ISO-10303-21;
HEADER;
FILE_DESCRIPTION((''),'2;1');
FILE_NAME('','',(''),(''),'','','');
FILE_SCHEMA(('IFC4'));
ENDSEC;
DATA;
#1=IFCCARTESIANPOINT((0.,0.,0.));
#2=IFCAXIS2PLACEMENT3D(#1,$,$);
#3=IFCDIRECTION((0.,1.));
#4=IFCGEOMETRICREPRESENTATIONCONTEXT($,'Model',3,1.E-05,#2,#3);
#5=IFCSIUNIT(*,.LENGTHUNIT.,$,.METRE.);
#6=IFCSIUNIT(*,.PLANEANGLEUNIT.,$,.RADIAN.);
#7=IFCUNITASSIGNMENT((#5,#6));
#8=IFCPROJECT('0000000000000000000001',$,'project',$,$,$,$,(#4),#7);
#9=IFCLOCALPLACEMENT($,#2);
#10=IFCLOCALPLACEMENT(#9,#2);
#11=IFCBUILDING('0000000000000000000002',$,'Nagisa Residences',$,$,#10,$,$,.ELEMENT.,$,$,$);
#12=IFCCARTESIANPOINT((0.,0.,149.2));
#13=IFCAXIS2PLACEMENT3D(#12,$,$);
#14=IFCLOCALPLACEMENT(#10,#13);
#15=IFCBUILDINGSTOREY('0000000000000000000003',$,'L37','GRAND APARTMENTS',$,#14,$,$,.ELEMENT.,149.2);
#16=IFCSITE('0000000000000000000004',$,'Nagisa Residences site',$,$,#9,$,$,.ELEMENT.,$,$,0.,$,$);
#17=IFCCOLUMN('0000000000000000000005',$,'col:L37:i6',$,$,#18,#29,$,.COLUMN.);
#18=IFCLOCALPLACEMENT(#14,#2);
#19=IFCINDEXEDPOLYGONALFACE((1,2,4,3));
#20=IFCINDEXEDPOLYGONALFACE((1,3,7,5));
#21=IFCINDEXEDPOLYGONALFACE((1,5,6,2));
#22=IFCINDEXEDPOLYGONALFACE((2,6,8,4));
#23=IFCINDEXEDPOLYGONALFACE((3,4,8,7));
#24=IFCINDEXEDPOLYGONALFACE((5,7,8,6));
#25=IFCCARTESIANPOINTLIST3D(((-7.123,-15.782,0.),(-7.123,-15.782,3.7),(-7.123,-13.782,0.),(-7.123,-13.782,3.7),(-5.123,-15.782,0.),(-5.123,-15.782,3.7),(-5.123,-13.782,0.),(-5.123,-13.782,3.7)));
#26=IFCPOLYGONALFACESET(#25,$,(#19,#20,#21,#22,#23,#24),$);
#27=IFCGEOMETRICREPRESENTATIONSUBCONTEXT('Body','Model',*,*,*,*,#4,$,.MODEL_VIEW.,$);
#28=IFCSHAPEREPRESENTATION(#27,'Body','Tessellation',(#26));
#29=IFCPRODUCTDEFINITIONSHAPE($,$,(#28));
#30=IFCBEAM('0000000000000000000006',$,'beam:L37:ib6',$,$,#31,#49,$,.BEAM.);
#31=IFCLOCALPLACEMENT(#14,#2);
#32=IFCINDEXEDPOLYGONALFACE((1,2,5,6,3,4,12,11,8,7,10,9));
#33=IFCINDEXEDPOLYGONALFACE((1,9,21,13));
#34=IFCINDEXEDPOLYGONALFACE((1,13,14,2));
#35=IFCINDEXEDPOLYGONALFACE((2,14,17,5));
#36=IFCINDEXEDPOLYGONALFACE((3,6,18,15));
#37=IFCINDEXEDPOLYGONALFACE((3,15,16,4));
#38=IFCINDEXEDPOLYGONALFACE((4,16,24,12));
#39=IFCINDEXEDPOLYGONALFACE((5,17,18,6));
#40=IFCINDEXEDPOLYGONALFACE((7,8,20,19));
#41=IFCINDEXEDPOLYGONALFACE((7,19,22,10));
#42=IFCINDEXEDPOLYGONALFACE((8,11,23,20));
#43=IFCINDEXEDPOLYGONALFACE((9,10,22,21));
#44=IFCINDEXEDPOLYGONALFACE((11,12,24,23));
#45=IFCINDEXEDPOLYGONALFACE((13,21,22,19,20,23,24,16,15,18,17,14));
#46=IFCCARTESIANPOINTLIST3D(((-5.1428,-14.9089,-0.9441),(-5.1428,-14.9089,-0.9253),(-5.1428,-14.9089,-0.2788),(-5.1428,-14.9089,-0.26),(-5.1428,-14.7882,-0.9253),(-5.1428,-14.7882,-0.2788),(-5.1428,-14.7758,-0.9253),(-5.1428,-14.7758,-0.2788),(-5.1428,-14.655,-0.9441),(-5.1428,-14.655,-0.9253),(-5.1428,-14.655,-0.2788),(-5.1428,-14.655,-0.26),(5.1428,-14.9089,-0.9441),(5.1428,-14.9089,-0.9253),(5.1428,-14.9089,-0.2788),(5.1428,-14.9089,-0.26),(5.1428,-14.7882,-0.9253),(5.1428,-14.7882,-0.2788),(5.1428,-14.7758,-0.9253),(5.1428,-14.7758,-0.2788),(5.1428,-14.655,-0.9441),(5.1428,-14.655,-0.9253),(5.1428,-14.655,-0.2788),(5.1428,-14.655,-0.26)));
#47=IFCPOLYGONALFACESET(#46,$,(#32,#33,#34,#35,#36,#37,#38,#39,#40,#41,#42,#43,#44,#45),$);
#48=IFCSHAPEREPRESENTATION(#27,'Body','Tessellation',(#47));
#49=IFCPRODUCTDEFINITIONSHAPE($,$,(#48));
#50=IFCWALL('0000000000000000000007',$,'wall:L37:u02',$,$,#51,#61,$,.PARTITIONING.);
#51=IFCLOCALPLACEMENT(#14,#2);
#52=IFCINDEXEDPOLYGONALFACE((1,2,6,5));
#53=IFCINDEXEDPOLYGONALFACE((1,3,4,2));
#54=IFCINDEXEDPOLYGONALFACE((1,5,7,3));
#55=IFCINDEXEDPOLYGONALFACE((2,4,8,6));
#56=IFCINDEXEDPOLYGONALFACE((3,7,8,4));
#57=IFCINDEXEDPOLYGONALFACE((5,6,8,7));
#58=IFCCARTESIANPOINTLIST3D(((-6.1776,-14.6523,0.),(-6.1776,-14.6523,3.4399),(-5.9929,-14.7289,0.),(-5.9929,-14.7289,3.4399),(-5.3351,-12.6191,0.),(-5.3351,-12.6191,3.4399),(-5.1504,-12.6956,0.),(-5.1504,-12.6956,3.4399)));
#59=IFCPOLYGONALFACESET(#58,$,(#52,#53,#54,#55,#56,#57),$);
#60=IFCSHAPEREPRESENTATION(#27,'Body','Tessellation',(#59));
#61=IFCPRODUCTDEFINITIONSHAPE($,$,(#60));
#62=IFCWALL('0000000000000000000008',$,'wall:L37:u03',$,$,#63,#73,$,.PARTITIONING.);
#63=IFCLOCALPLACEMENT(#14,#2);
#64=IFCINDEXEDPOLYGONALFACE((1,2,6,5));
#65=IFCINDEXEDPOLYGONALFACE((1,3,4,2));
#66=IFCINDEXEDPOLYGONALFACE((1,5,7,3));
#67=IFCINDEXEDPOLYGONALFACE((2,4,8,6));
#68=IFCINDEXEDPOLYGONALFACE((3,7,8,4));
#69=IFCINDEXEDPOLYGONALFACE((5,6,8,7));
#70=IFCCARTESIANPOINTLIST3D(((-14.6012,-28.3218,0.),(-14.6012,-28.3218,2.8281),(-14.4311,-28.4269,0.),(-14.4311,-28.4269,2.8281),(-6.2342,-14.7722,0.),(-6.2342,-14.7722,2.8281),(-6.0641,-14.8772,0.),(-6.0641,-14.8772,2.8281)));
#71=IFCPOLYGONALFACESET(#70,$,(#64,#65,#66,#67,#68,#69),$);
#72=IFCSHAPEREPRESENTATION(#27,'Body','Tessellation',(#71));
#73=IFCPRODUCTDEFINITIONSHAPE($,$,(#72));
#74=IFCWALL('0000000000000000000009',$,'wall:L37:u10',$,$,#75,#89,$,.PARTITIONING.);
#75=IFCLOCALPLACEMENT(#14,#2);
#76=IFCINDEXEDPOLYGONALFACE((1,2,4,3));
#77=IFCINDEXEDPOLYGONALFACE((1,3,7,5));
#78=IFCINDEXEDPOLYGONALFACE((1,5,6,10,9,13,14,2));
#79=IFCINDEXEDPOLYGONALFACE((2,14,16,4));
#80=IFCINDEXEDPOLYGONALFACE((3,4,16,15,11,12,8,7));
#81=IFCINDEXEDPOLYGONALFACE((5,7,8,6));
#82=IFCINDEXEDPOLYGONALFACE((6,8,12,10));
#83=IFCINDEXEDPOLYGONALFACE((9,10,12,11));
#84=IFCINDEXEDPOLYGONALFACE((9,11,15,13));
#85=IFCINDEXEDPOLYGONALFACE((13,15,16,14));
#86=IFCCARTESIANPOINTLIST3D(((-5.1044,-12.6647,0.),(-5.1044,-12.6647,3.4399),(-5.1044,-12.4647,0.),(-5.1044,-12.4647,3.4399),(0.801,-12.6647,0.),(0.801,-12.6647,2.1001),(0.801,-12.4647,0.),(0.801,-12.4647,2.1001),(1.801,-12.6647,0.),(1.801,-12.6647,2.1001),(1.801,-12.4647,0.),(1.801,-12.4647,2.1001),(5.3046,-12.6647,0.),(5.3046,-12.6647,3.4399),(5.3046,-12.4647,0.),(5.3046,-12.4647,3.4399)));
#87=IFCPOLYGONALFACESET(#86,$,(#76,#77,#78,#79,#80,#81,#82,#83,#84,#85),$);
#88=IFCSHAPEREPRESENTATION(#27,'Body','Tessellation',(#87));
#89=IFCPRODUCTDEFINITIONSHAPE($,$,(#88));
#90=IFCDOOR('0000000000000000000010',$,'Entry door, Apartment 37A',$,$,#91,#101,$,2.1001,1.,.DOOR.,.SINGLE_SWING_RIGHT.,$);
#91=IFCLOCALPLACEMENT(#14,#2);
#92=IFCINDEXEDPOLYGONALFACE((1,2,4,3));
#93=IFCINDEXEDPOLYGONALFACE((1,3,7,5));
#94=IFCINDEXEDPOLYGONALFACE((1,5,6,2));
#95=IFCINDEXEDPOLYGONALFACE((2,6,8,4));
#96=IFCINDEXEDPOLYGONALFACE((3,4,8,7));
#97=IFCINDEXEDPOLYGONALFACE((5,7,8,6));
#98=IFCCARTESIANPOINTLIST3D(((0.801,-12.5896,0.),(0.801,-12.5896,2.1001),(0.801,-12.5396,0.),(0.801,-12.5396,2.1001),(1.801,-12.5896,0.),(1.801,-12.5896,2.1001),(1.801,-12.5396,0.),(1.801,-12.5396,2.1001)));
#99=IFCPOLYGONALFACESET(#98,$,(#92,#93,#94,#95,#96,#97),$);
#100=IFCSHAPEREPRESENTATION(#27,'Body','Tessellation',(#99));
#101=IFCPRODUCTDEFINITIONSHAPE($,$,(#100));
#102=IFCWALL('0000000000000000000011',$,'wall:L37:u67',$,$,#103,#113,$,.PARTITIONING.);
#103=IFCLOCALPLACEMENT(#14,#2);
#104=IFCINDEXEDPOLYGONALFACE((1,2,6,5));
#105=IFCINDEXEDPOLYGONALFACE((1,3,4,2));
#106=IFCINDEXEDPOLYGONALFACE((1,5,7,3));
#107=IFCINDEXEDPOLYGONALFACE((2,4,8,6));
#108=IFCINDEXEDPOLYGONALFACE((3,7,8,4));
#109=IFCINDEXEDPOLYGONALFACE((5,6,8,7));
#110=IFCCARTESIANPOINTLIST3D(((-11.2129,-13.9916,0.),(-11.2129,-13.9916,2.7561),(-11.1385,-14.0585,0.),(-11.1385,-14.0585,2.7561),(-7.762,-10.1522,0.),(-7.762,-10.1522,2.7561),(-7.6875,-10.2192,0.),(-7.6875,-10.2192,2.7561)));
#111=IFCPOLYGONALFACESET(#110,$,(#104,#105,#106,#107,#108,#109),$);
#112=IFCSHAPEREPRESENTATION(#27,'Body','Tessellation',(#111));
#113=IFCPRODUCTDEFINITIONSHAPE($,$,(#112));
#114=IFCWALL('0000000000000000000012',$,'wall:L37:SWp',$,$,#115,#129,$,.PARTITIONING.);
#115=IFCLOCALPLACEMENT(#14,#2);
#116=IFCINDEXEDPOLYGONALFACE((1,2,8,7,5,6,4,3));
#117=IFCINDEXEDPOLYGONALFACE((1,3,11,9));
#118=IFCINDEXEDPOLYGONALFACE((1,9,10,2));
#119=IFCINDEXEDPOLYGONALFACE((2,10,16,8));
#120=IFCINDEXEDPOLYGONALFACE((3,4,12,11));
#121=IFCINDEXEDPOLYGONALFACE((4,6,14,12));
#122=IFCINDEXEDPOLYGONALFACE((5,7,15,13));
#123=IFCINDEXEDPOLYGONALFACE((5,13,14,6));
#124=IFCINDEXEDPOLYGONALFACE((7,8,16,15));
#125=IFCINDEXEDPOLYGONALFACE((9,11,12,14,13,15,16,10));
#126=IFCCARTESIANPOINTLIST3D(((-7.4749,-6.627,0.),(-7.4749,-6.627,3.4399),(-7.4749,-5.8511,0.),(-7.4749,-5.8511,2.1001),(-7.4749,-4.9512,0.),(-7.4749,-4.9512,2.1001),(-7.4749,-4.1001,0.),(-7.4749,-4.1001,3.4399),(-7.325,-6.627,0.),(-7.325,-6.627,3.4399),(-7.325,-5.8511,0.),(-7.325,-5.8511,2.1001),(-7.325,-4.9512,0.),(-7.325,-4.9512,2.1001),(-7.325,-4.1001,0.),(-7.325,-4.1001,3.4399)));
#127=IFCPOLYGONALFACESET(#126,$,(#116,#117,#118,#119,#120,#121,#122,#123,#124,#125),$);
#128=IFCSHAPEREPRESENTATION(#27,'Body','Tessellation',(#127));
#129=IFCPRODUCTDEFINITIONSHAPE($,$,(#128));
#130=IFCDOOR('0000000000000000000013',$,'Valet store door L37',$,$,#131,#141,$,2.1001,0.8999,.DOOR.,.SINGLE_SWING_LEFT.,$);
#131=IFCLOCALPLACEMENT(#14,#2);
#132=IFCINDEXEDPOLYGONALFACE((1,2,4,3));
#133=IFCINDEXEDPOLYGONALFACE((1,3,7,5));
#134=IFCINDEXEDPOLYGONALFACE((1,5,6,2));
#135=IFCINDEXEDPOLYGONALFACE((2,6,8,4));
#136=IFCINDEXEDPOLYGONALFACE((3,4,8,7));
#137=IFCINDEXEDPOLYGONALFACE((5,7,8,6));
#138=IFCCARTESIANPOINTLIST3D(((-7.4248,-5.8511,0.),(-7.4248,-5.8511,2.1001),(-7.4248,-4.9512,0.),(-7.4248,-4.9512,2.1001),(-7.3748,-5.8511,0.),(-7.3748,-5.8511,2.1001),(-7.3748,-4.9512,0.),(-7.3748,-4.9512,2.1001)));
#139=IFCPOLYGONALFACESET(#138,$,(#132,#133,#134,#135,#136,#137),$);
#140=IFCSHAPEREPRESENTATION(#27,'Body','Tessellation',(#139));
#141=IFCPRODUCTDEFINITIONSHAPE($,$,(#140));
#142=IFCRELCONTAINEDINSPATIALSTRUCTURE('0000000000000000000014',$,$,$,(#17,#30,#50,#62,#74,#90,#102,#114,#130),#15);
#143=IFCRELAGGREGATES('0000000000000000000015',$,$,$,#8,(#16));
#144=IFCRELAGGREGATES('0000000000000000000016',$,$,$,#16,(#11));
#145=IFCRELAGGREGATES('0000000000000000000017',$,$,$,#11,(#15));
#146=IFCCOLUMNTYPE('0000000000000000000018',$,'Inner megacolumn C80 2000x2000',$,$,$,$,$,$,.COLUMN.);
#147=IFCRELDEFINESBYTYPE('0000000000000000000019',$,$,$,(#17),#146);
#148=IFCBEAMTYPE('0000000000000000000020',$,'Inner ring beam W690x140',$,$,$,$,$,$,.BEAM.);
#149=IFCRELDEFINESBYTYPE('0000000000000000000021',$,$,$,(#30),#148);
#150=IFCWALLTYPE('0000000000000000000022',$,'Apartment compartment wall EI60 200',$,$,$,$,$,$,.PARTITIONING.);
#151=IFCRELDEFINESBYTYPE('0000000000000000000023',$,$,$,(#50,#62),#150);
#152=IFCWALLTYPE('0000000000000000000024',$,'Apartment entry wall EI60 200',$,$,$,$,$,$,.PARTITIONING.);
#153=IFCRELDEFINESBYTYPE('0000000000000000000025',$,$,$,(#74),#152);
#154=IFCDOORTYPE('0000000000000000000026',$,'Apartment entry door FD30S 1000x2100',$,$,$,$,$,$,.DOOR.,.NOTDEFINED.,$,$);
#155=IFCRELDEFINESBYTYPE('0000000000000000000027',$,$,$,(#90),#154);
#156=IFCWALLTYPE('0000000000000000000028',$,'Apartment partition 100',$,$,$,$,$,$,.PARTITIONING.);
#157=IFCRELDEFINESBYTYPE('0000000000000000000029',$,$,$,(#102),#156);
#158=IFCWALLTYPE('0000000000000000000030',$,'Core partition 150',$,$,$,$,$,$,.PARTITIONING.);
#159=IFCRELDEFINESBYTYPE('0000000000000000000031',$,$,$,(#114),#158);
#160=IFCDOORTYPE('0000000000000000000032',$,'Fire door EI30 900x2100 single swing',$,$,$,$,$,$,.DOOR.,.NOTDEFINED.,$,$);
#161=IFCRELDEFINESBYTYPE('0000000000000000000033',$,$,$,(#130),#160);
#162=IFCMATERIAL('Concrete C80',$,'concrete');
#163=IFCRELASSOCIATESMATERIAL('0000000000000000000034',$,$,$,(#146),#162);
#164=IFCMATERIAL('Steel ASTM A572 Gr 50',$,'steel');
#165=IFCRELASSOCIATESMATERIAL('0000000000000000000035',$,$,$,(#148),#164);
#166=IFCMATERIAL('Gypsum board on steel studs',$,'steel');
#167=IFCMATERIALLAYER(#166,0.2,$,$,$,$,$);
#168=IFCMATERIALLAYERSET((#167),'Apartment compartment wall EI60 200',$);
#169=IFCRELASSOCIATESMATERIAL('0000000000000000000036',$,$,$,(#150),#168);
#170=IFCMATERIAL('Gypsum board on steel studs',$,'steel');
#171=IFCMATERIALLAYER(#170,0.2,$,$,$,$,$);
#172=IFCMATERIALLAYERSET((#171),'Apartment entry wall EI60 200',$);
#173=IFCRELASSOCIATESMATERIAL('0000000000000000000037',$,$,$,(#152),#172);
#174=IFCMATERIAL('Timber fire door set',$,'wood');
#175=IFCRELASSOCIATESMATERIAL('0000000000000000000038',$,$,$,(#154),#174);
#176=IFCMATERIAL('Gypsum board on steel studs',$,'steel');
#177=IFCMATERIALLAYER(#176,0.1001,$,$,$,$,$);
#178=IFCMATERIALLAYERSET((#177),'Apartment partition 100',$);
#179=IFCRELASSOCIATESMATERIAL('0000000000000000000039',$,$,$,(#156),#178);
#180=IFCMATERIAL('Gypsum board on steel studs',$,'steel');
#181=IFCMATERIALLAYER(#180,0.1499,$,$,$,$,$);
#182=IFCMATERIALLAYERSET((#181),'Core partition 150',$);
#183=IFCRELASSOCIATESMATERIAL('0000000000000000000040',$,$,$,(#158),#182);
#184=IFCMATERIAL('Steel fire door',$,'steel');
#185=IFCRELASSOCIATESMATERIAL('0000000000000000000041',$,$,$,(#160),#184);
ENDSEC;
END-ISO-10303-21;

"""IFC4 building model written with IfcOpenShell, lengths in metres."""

from ifc_helpers import new_model, si_unit, direction, frame, frame_2d, origin, origin_2d, place, context, subcontext, project, spatial, rectangle, i_section, extrude, material, layer, layer_set, material_profile, profile_set, type_object, element, fill, save


model = new_model("IFC4")

# Units and contexts
model_context = context("Model", 3, precision=1e-05, world=origin(), true_north=direction((0.0, 1.0)))
body_context = subcontext(model_context, "Body", "Model", "MODEL_VIEW")
ifc_project = project(units=[si_unit("LENGTHUNIT", "METRE"), si_unit("PLANEANGLEUNIT", "RADIAN")], contexts=[model_context])

# Site, building, storey
site_placement = place(None, origin())
site = spatial("IfcSite", under=ifc_project, at=site_placement, Name="Nagisa Residences site", CompositionType="ELEMENT", RefElevation=0.0)
building_placement = place(site_placement, origin())
building = spatial("IfcBuilding", under=site, at=building_placement, Name="Nagisa Residences", CompositionType="ELEMENT")
storey_placement = place(building_placement, frame((0.0, 0.0, 149.2)))
storey = spatial("IfcBuildingStorey", under=building, at=storey_placement, Name="L37", Description="GRAND APARTMENTS", CompositionType="ELEMENT", Elevation=149.2)

# Column
ifc_material_1 = material(Name="Concrete C80", Category="concrete")
ifc_material_profile_1 = material_profile(ifc_material_1, rectangle(XDim=2.0, YDim=2.0, at=origin_2d()), Name="C80 2000x2000")
ifc_profile_set_1 = profile_set([ifc_material_profile_1], Name="Concrete C80")
column_type = type_object("IfcColumnType", Name="Inner megacolumn C80 2000x2000", PredefinedType="COLUMN", material=ifc_profile_set_1)
column_placement = place(storey_placement, frame((-6.123, -14.782, 0.0), z_axis=(0.0, 0.0, 1.0), x_axis=(1.0, 0.0, 0.0)))
element("IfcColumn", 1, at=column_placement, inside=storey, type_object=column_type, Name="col:L37:i6", PredefinedType="COLUMN", context=body_context, shape_type="SweptSolid", body=[
    extrude(rectangle(XDim=2.0, YDim=2.0, at=origin_2d()), origin(), (0.0, 0.0, 1.0), 3.7),
])

# Beam
ifc_material_2 = material(Name="Steel ASTM A572 Gr 50", Category="steel")
ifc_material_profile_2 = material_profile(ifc_material_2, i_section(OverallWidth=0.2539, OverallDepth=0.6841, WebThickness=0.0125, FlangeThickness=0.0188, at=origin_2d()), Name="W690x140")
ifc_profile_set_2 = profile_set([ifc_material_profile_2], Name="Steel ASTM A572 Gr 50")
beam_type = type_object("IfcBeamType", Name="Inner ring beam W690x140", PredefinedType="BEAM", material=ifc_profile_set_2)
beam_placement = place(storey_placement, frame((-5.1428, -14.782, -0.6021), z_axis=(1.0, 0.0, 0.0), x_axis=(0.0, 1.0, 0.0)))
element("IfcBeam", 2, at=beam_placement, inside=storey, type_object=beam_type, Name="beam:L37:ib6", PredefinedType="BEAM", context=body_context, shape_type="SweptSolid", body=[
    extrude(i_section(OverallWidth=0.2539, OverallDepth=0.6841, WebThickness=0.0125, FlangeThickness=0.0188, at=origin_2d()), origin(), (0.0, 0.0, 1.0), 10.2856),
])

# Walls
ifc_material_3 = material(Name="Gypsum board on steel studs", Category="steel")
ifc_layer_1 = layer(ifc_material_3, 0.2)
ifc_layer_set_1 = layer_set([ifc_layer_1], Name="Apartment compartment wall EI60 200")
wall_type_1 = type_object("IfcWallType", Name="Apartment compartment wall EI60 200", PredefinedType="PARTITIONING", material=ifc_layer_set_1)
wall_1_placement = place(storey_placement, frame((-5.2427, -12.6572, 0.0), z_axis=(0.0, 0.0, 1.0), x_axis=(-0.382819, -0.923823, 0.0)))
element("IfcWall", 3, at=wall_1_placement, inside=storey, type_object=wall_type_1, Name="wall:L37:u02", PredefinedType="PARTITIONING", context=body_context, shape_type="SweptSolid", body=[
    extrude(rectangle(XDim=2.2009, YDim=0.2, at=frame_2d((1.1006, 0.0))), origin(), (0.0, 0.0, 1.0), 3.4399),
])
wall_2_placement = place(storey_placement, frame((-6.1492, -14.8247, 0.0), z_axis=(0.0, 0.0, 1.0), x_axis=(-0.525406, -0.850851, 0.0)))
element("IfcWall", 4, at=wall_2_placement, inside=storey, type_object=wall_type_1, Name="wall:L37:u03", PredefinedType="PARTITIONING", context=body_context, shape_type="SweptSolid", body=[
    extrude(rectangle(XDim=15.9248, YDim=0.2, at=frame_2d((7.9624, 0.0))), origin(), (0.0, 0.0, 1.0), 2.8281),
])

# Wall, opening, door
ifc_material_4 = material(Name="Gypsum board on steel studs", Category="steel")
ifc_layer_2 = layer(ifc_material_4, 0.2)
ifc_layer_set_2 = layer_set([ifc_layer_2], Name="Apartment entry wall EI60 200")
wall_type_2 = type_object("IfcWallType", Name="Apartment entry wall EI60 200", PredefinedType="PARTITIONING", material=ifc_layer_set_2)
wall_3_placement = place(storey_placement, frame((-5.1045, -12.5647, 0.0), z_axis=(0.0, 0.0, 1.0), x_axis=(1.0, 0.0, 0.0)))
wall_3 = element("IfcWall", 5, at=wall_3_placement, inside=storey, type_object=wall_type_2, Name="wall:L37:u10", PredefinedType="PARTITIONING", context=body_context, shape_type="SweptSolid", body=[
    extrude(rectangle(XDim=10.4089, YDim=0.2, at=frame_2d((5.2046, 0.0))), origin(), (0.0, 0.0, 1.0), 3.4399),
])
opening_1_placement = place(wall_3_placement, frame((5.9055, 0.0, 0.0)))
opening_1 = element("IfcOpeningElement", 6, at=opening_1_placement, cuts=wall_3, PredefinedType="OPENING", context=body_context, shape_type="SweptSolid", body=[
    extrude(rectangle(XDim=1.0, YDim=2.1001, at=frame_2d((0.5, 1.05))), frame((0.0, 0.1099, 0.0), z_axis=(0.0, -1.0, 0.0), x_axis=(1.0, 0.0, 0.0)), (0.0, 0.0, 1.0), 0.22),
])
ifc_material_5 = material(Name="Timber fire door set", Category="wood")
door_type_1 = type_object("IfcDoorType", Name="Apartment entry door FD30S 1000x2100", OperationType="NOTDEFINED", PredefinedType="DOOR", material=ifc_material_5)
door_1_placement = place(opening_1_placement, frame((1.0, 0.0, 0.0), x_axis=(-1.0, 0.0, 0.0)))
door_1 = element("IfcDoor", 7, at=door_1_placement, inside=storey, type_object=door_type_1, Name="Entry door, Apartment 37A", OperationType="SINGLE_SWING_RIGHT", OverallHeight=2.1001, OverallWidth=1.0, PredefinedType="DOOR", context=body_context, shape_type="SweptSolid", body=[
    extrude(rectangle(XDim=1.0, YDim=2.1001, at=frame_2d((0.5, 1.05))), frame((0.0, 0.0249, 0.0), z_axis=(0.0, -1.0, 0.0), x_axis=(1.0, 0.0, 0.0)), (0.0, 0.0, 1.0), 0.05),
])
fill(opening_1, door_1)

# Wall
ifc_material_6 = material(Name="Gypsum board on steel studs", Category="steel")
ifc_layer_3 = layer(ifc_material_6, 0.1001)
ifc_layer_set_3 = layer_set([ifc_layer_3], Name="Apartment partition 100")
wall_type_3 = type_object("IfcWallType", Name="Apartment partition 100", PredefinedType="PARTITIONING", material=ifc_layer_set_3)
wall_4_placement = place(storey_placement, frame((-7.7249, -10.1858, 0.0), z_axis=(0.0, 0.0, 1.0), x_axis=(-0.668484, -0.743727, 0.0)))
element("IfcWall", 8, at=wall_4_placement, inside=storey, type_object=wall_type_3, Name="wall:L37:u67", PredefinedType="PARTITIONING", context=body_context, shape_type="SweptSolid", body=[
    extrude(rectangle(XDim=5.1624, YDim=0.1001, at=frame_2d((2.5811, 0.0))), origin(), (0.0, 0.0, 1.0), 2.7561),
])

# Wall, opening, door
ifc_material_7 = material(Name="Gypsum board on steel studs", Category="steel")
ifc_layer_4 = layer(ifc_material_7, 0.1499)
ifc_layer_set_4 = layer_set([ifc_layer_4], Name="Core partition 150")
wall_type_4 = type_object("IfcWallType", Name="Core partition 150", PredefinedType="PARTITIONING", material=ifc_layer_set_4)
wall_5_placement = place(storey_placement, frame((-7.3999, -6.627, 0.0), z_axis=(0.0, 0.0, 1.0), x_axis=(0.0, 1.0, 0.0)))
wall_5 = element("IfcWall", 9, at=wall_5_placement, inside=storey, type_object=wall_type_4, Name="wall:L37:SWp", PredefinedType="PARTITIONING", context=body_context, shape_type="SweptSolid", body=[
    extrude(rectangle(XDim=2.5269, YDim=0.1499, at=frame_2d((1.2634, 0.0))), origin(), (0.0, 0.0, 1.0), 3.4399),
])
opening_2_placement = place(wall_5_placement, frame((0.7759, 0.0, 0.0)))
opening_2 = element("IfcOpeningElement", 10, at=opening_2_placement, cuts=wall_5, PredefinedType="OPENING", context=body_context, shape_type="SweptSolid", body=[
    extrude(rectangle(XDim=0.8999, YDim=2.1001, at=frame_2d((0.45, 1.05))), frame((0.0, 0.085, 0.0), z_axis=(0.0, -1.0, 0.0), x_axis=(1.0, 0.0, 0.0)), (0.0, 0.0, 1.0), 0.1699),
])
ifc_material_8 = material(Name="Steel fire door", Category="steel")
door_type_2 = type_object("IfcDoorType", Name="Fire door EI30 900x2100 single swing", OperationType="NOTDEFINED", PredefinedType="DOOR", material=ifc_material_8)
door_2_placement = place(opening_2_placement, origin())
door_2 = element("IfcDoor", 11, at=door_2_placement, inside=storey, type_object=door_type_2, Name="Valet store door L37", OperationType="SINGLE_SWING_LEFT", OverallHeight=2.1001, OverallWidth=0.8999, PredefinedType="DOOR", context=body_context, shape_type="SweptSolid", body=[
    extrude(rectangle(XDim=0.8999, YDim=2.1001, at=frame_2d((0.45, 1.05))), frame((0.0, 0.0249, 0.0), z_axis=(0.0, -1.0, 0.0), x_axis=(1.0, 0.0, 0.0)), (0.0, 0.0, 1.0), 0.05),
])
fill(opening_2, door_2)

save(model, "model.ifc")
